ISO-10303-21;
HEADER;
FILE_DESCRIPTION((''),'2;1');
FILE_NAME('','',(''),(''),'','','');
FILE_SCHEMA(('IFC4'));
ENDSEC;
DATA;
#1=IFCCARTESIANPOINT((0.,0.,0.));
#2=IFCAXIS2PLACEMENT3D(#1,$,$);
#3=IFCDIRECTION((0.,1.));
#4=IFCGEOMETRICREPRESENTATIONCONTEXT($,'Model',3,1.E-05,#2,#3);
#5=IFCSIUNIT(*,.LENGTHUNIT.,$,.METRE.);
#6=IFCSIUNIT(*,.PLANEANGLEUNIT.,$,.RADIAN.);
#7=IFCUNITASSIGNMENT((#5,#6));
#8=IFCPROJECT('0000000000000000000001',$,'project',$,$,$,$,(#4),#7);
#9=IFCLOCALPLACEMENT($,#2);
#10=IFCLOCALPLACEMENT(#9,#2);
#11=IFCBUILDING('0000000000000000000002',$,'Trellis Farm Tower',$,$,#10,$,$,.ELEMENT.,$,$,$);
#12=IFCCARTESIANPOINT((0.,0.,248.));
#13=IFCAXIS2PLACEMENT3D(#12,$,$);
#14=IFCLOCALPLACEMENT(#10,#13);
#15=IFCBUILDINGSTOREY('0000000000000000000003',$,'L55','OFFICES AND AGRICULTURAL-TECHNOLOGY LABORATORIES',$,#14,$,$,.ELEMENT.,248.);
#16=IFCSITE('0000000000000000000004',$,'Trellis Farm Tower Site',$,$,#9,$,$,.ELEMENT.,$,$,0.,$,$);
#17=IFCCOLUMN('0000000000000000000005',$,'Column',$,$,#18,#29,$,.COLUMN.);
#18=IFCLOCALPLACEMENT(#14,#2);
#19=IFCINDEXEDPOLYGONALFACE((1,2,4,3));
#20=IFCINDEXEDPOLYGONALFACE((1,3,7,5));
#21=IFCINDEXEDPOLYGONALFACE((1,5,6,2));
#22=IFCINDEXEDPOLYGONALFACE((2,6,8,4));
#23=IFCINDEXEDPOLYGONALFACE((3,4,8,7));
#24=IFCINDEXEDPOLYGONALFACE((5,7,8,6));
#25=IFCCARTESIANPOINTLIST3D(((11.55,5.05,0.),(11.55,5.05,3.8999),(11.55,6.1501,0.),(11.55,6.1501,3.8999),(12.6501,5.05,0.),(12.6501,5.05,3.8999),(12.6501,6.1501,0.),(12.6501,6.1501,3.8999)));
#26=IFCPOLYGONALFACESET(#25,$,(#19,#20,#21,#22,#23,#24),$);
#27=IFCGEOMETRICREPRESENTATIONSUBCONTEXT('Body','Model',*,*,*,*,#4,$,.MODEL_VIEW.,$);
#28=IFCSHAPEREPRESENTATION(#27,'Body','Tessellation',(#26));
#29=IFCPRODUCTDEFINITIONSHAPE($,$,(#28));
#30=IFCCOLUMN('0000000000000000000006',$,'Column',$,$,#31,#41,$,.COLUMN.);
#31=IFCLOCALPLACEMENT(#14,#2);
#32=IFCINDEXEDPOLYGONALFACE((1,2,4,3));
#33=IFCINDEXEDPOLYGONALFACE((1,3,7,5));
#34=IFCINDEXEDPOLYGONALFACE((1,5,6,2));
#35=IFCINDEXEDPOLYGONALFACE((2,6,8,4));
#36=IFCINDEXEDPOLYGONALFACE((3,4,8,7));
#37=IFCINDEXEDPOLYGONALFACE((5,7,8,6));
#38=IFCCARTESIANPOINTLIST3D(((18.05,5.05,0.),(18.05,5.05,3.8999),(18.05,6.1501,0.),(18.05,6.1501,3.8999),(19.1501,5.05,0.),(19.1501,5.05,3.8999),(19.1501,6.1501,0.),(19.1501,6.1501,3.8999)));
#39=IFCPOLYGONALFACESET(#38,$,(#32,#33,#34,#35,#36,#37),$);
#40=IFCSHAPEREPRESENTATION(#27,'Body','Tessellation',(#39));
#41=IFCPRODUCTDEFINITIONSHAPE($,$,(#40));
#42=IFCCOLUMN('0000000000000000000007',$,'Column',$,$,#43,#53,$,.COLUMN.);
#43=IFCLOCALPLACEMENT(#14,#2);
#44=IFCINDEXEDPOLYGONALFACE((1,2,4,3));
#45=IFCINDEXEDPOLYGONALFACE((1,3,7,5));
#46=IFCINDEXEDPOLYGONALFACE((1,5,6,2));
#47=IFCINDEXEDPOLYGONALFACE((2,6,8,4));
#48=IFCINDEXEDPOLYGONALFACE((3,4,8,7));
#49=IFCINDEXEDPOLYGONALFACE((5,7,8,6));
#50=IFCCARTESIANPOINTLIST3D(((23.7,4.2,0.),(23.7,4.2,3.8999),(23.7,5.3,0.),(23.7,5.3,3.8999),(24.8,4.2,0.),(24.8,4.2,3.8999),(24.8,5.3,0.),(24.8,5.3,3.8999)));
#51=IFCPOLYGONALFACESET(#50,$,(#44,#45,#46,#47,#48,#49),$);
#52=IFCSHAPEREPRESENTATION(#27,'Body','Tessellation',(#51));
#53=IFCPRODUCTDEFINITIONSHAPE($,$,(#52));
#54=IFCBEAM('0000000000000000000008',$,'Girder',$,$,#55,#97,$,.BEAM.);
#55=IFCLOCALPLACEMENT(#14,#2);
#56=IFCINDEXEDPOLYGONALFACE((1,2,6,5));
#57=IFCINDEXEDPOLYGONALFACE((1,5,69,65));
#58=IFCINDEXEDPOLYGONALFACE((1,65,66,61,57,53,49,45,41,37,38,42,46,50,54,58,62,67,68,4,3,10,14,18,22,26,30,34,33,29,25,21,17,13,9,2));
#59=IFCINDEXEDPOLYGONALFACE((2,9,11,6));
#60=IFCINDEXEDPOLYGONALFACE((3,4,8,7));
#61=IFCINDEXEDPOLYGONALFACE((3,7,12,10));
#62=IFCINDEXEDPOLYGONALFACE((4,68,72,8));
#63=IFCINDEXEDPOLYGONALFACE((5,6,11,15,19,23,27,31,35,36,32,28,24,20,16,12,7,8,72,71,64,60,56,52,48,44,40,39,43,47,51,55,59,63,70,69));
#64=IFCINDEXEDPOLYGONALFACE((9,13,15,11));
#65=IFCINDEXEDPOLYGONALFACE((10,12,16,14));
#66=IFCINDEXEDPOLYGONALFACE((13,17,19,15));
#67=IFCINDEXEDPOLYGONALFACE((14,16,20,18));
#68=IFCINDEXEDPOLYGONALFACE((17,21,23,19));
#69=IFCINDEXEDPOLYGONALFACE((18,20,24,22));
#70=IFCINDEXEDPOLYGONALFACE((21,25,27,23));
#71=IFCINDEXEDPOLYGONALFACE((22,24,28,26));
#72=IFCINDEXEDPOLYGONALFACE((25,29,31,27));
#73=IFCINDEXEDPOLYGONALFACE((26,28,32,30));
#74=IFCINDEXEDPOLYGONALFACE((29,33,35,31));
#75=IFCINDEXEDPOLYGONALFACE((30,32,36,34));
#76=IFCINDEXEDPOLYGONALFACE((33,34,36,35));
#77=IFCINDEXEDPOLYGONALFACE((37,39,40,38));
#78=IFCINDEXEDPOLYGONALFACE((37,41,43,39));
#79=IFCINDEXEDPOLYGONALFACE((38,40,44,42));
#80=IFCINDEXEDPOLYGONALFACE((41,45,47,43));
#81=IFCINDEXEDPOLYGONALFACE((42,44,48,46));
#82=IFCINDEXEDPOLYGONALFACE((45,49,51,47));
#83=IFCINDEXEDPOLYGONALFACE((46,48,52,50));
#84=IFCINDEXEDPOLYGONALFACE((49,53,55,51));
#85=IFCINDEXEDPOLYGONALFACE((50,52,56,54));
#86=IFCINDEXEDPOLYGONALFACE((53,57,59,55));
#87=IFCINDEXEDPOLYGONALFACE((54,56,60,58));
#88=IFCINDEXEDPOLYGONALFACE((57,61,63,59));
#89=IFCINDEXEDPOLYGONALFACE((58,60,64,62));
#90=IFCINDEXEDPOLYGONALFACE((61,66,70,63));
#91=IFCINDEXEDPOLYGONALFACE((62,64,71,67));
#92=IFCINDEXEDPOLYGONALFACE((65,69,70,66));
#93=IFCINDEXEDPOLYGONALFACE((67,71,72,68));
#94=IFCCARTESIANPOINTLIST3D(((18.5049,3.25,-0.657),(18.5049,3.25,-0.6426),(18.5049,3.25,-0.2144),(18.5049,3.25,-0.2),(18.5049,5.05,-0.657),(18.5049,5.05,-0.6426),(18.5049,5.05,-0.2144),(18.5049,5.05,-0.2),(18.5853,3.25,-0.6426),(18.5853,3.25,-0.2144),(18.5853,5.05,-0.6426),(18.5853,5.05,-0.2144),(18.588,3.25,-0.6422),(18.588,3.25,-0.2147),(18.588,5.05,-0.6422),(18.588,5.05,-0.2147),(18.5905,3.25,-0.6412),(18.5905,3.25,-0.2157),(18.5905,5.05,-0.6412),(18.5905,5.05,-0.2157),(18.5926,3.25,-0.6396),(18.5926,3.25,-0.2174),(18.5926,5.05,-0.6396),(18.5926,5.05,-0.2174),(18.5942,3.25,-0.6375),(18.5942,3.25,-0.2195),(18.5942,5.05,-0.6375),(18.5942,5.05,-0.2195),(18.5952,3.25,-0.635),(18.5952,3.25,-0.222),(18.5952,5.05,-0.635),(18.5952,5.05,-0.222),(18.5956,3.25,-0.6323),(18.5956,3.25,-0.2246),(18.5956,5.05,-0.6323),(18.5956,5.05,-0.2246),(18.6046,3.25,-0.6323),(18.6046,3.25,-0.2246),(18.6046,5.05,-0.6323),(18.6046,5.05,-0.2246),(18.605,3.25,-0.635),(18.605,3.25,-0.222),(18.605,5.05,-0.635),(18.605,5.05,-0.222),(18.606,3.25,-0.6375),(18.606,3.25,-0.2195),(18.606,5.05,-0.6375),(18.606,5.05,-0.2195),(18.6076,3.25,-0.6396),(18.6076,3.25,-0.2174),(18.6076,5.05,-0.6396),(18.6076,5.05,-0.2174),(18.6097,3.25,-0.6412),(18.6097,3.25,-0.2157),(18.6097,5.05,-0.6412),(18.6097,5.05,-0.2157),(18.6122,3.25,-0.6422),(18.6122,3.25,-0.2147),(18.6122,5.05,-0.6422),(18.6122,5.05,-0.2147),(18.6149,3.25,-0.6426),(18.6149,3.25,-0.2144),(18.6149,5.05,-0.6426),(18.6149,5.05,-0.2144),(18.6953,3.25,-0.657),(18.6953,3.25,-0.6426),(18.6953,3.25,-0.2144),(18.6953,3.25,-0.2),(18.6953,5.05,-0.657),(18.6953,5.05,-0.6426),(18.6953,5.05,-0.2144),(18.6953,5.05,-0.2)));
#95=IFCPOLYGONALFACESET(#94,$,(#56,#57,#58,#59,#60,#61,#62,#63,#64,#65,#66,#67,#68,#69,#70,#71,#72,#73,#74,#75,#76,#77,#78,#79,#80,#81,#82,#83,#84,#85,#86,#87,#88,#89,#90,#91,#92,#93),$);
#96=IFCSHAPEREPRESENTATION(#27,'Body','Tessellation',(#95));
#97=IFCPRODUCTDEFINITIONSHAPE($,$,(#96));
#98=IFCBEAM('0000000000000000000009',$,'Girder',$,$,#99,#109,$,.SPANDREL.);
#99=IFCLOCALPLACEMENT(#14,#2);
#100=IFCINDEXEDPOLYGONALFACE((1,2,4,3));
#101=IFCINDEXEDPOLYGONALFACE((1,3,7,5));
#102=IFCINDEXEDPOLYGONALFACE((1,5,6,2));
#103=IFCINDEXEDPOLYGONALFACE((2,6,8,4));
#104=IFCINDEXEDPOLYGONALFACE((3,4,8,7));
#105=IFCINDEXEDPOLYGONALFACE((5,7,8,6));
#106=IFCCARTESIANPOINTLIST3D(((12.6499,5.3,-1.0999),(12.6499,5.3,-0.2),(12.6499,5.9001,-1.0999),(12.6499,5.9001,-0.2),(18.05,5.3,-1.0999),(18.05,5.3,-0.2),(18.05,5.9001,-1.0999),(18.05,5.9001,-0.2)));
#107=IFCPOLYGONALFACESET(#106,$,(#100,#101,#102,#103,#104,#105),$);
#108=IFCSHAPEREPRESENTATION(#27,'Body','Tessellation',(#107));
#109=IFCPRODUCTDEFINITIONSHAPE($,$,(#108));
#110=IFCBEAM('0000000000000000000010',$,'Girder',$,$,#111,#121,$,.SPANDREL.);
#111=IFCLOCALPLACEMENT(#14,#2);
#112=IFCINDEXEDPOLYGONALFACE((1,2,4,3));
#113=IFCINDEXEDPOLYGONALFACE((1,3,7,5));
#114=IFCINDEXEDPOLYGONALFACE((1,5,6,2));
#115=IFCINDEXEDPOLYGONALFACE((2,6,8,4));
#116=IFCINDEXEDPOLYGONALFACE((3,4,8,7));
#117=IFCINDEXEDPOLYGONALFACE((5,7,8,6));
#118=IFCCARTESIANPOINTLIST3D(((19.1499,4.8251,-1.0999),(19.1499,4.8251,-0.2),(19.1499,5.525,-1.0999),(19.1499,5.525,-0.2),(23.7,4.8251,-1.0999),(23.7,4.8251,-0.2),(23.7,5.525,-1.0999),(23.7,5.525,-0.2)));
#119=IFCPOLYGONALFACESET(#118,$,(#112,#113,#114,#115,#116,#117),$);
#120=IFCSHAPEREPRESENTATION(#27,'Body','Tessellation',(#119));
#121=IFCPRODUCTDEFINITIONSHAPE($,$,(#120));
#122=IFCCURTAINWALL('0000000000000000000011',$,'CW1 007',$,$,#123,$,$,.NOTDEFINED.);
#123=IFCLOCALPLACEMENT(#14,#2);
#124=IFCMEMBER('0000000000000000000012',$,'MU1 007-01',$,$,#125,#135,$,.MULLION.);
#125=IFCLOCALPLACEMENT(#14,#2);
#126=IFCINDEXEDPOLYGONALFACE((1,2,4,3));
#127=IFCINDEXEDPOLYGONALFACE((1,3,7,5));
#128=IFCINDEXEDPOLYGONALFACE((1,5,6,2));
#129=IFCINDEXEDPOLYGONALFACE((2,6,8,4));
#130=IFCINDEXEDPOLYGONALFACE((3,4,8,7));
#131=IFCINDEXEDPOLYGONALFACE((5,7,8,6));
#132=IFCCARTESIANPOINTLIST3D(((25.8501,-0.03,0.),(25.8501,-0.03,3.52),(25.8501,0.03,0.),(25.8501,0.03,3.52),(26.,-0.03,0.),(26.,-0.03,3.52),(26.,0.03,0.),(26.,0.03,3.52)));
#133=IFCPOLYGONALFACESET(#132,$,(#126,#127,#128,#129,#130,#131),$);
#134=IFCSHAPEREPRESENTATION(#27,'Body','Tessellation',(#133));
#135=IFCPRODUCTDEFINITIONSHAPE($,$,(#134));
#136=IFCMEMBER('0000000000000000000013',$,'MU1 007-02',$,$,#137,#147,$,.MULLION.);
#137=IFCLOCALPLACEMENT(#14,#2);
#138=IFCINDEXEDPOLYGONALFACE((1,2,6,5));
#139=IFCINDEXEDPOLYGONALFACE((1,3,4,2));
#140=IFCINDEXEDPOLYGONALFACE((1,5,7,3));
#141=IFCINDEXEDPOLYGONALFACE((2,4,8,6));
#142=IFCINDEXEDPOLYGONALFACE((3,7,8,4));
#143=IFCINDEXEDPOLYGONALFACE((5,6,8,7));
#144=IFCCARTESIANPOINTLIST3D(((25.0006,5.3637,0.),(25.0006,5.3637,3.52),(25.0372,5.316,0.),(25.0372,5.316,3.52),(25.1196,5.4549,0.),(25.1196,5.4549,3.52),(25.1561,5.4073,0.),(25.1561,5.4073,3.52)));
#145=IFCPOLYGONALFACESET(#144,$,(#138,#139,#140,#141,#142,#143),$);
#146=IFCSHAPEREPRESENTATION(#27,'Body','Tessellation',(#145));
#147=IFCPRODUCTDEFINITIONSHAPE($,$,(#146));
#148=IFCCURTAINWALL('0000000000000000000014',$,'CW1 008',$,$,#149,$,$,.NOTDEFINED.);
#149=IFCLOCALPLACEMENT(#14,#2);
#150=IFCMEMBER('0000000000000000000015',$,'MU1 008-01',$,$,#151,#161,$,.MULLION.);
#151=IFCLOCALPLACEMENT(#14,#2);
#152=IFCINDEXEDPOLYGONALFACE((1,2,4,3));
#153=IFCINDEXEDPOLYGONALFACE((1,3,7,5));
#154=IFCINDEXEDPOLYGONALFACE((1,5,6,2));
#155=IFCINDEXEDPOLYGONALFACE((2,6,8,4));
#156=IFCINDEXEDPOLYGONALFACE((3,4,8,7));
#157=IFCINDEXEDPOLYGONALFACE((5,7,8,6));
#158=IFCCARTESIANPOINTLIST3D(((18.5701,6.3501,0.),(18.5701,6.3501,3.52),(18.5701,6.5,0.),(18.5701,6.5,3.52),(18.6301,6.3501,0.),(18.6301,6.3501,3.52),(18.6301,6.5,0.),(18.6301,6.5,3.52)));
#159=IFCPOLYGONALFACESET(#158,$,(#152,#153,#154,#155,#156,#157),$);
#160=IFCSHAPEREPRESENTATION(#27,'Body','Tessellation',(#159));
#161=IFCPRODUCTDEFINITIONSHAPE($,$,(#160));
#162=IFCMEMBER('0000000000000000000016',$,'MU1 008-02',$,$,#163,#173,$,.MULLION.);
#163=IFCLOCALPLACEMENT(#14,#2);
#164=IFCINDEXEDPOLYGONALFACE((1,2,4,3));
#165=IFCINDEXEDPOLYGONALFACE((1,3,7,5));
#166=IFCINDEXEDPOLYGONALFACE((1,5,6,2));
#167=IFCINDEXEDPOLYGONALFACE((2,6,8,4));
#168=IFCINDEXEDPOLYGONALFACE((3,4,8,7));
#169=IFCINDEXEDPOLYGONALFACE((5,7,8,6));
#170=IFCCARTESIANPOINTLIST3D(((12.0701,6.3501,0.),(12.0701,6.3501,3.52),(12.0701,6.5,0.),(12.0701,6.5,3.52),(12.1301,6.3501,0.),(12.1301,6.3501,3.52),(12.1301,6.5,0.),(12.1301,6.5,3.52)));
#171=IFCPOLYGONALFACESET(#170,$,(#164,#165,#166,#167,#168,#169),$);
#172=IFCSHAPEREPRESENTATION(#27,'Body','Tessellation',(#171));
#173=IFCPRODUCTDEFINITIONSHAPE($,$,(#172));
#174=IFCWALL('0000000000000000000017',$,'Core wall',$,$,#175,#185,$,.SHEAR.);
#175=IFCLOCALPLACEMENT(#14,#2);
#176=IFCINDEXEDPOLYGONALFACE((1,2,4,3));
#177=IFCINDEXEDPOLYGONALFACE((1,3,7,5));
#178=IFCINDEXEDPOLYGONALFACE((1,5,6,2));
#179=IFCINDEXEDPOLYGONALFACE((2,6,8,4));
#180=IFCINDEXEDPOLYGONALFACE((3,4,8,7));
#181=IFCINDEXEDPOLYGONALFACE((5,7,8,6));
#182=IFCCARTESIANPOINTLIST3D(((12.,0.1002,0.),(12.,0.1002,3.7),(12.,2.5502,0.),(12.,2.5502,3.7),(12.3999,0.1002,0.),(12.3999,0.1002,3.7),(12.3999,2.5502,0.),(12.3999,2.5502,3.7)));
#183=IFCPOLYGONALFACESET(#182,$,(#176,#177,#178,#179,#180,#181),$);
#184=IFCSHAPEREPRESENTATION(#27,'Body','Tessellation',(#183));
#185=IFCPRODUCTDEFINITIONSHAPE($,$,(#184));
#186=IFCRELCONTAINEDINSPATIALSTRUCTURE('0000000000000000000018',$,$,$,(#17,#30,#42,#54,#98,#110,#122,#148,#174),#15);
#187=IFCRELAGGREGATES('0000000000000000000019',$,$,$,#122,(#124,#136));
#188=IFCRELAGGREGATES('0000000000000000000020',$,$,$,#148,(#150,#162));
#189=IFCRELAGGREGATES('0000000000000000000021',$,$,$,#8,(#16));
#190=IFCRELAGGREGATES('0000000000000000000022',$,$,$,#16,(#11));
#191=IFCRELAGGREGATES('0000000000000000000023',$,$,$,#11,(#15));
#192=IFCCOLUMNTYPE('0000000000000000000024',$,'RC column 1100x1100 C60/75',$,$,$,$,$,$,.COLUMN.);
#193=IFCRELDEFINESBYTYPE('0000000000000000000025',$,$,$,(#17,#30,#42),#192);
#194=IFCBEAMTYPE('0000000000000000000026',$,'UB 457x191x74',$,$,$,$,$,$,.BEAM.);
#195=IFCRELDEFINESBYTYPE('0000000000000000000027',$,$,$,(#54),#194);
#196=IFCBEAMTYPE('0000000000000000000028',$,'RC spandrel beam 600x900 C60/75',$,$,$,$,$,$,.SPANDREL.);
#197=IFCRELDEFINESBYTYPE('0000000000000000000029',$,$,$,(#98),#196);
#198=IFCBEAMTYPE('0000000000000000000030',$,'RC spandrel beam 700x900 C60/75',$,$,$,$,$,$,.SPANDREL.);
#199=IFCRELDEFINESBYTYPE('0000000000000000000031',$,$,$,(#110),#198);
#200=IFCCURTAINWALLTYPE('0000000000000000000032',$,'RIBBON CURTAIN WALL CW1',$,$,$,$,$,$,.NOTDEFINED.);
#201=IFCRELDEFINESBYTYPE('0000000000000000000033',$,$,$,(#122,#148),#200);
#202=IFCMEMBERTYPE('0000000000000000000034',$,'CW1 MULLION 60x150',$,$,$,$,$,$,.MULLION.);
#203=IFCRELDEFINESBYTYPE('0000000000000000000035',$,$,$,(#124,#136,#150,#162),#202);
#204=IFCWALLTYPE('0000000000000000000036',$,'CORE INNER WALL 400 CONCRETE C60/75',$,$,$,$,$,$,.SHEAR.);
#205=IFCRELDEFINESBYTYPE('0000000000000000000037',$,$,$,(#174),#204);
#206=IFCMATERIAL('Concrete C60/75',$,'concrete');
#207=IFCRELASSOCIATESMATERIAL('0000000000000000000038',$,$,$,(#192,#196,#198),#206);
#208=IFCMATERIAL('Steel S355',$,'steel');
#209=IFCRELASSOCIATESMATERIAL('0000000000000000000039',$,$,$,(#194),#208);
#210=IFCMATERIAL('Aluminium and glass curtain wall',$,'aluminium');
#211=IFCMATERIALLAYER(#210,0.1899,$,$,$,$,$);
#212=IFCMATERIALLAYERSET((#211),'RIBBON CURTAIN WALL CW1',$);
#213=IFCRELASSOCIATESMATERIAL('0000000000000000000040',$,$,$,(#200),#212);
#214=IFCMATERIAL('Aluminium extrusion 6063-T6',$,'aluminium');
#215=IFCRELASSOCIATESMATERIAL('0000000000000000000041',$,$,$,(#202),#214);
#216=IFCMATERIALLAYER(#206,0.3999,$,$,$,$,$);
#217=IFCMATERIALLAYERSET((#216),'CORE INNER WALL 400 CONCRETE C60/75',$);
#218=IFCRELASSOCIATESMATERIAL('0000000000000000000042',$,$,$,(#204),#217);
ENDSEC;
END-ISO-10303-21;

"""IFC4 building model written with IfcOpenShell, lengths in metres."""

from ifc_helpers import new_model, si_unit, direction, frame, frame_2d, origin, origin_2d, place, context, subcontext, project, spatial, rectangle, i_section, extrude, source, transform, mapped, material, layer, layer_set, material_profile, profile_set, type_object, element, aggregate, save


model = new_model("IFC4")

# Units and contexts
model_context = context("Model", 3, precision=1e-05, world=origin(), true_north=direction((0.0, 1.0)))
body_context = subcontext(model_context, "Body", "Model", "MODEL_VIEW")
ifc_project = project(units=[si_unit("LENGTHUNIT", "METRE"), si_unit("PLANEANGLEUNIT", "RADIAN")], contexts=[model_context])

# Site, building, storey
site_placement = place(None, origin())
site = spatial("IfcSite", under=ifc_project, at=site_placement, Name="Trellis Farm Tower Site", CompositionType="ELEMENT", RefElevation=0.0)
building_placement = place(site_placement, origin())
building = spatial("IfcBuilding", under=site, at=building_placement, Name="Trellis Farm Tower", CompositionType="ELEMENT")
storey_placement = place(building_placement, frame((0.0, 0.0, 248.0)))
storey = spatial("IfcBuildingStorey", under=building, at=storey_placement, Name="L55", Description="OFFICES AND AGRICULTURAL-TECHNOLOGY LABORATORIES", CompositionType="ELEMENT", Elevation=248.0)

# Columns
ifc_material_1 = material(Name="Concrete C60/75", Category="concrete")
ifc_material_profile_1 = material_profile(ifc_material_1, rectangle(XDim=1.1001, YDim=1.1001, at=origin_2d()), Name="RC column 1100x1100 C60/75")
ifc_profile_set_1 = profile_set([ifc_material_profile_1], Name="Concrete C60/75")
column_type = type_object("IfcColumnType", Name="RC column 1100x1100 C60/75", PredefinedType="COLUMN", material=ifc_profile_set_1)
shared_shape_1 = source(origin(), body_context, "Body", "SweptSolid", [
    extrude(rectangle(XDim=1.1001, YDim=1.1001, at=origin_2d()), origin(), (0.0, 0.0, 1.0), 3.8999),
])
for number, where, z_axis, x_axis, name in (
    (1, (12.1001, 5.6001, 0.0), (0.0, 0.0, 1.0), (1.0, 0.0, 0.0), "Column"),
    (2, (18.6001, 5.6001, 0.0), (0.0, 0.0, 1.0), (1.0, 0.0, 0.0), "Column"),
    (3, (24.25, 4.75, 0.0), (0.0, 0.0, 1.0), (1.0, 0.0, 0.0), "Column"),
):
    element("IfcColumn", number, at=place(storey_placement, frame(where, z_axis=z_axis, x_axis=x_axis)), inside=storey, type_object=column_type, Name=name, PredefinedType="COLUMN", context=body_context, shape_type="MappedRepresentation", body=[
        mapped(shared_shape_1, transform((0.0, 0.0, 0.0))),
    ])

# Beams
ifc_material_2 = material(Name="Steel S355", Category="steel")
ifc_material_profile_2 = material_profile(ifc_material_2, i_section(OverallWidth=0.1904, OverallDepth=0.457, WebThickness=0.009, FlangeThickness=0.0144, FilletRadius=0.0103, at=origin_2d()), Name="UB 457x191x74")
ifc_profile_set_2 = profile_set([ifc_material_profile_2], Name="Steel S355")
beam_type_1 = type_object("IfcBeamType", Name="UB 457x191x74", PredefinedType="BEAM", material=ifc_profile_set_2)
shared_shape_2 = source(origin(), body_context, "Body", "SweptSolid", [
    extrude(i_section(OverallWidth=0.1904, OverallDepth=0.457, WebThickness=0.009, FlangeThickness=0.0144, FilletRadius=0.0103, at=origin_2d()), origin(), (0.0, 0.0, 1.0), 1.8),
])
beam_1_placement = place(storey_placement, frame((18.6001, 3.25, -0.4285), z_axis=(0.0, 1.0, 0.0), x_axis=(-1.0, 0.0, 0.0)))
element("IfcBeam", 4, at=beam_1_placement, inside=storey, type_object=beam_type_1, Name="Girder", PredefinedType="BEAM", context=body_context, shape_type="MappedRepresentation", body=[
    mapped(shared_shape_2, transform((0.0, 0.0, 0.0))),
])
ifc_material_profile_3 = material_profile(ifc_material_1, rectangle(XDim=0.6001, YDim=0.8999, at=origin_2d()), Name="RC spandrel beam 600x900 C60/75")
ifc_profile_set_3 = profile_set([ifc_material_profile_3], Name="Concrete C60/75")
beam_type_2 = type_object("IfcBeamType", Name="RC spandrel beam 600x900 C60/75", PredefinedType="SPANDREL", material=ifc_profile_set_3)
shared_shape_3 = source(origin(), body_context, "Body", "SweptSolid", [
    extrude(rectangle(XDim=0.6001, YDim=0.8999, at=origin_2d()), origin(), (0.0, 0.0, 1.0), 5.4001),
])
beam_2_placement = place(storey_placement, frame((12.6499, 5.6001, -0.6499), z_axis=(1.0, 0.0, 0.0), x_axis=(0.0, 1.0, 0.0)))
element("IfcBeam", 5, at=beam_2_placement, inside=storey, type_object=beam_type_2, Name="Girder", PredefinedType="SPANDREL", context=body_context, shape_type="MappedRepresentation", body=[
    mapped(shared_shape_3, transform((0.0, 0.0, 0.0))),
])
ifc_material_profile_4 = material_profile(ifc_material_1, rectangle(XDim=0.7, YDim=0.8999, at=origin_2d()), Name="RC spandrel beam 700x900 C60/75")
ifc_profile_set_4 = profile_set([ifc_material_profile_4], Name="Concrete C60/75")
beam_type_3 = type_object("IfcBeamType", Name="RC spandrel beam 700x900 C60/75", PredefinedType="SPANDREL", material=ifc_profile_set_4)
shared_shape_4 = source(origin(), body_context, "Body", "SweptSolid", [
    extrude(rectangle(XDim=0.7, YDim=0.8999, at=origin_2d()), origin(), (0.0, 0.0, 1.0), 4.55),
])
beam_3_placement = place(storey_placement, frame((19.1499, 5.175, -0.6499), z_axis=(1.0, 0.0, 0.0), x_axis=(0.0, 1.0, 0.0)))
element("IfcBeam", 6, at=beam_3_placement, inside=storey, type_object=beam_type_3, Name="Girder", PredefinedType="SPANDREL", context=body_context, shape_type="MappedRepresentation", body=[
    mapped(shared_shape_4, transform((0.0, 0.0, 0.0))),
])

# Curtain walls, members
ifc_material_3 = material(Name="Aluminium and glass curtain wall", Category="aluminium")
ifc_layer_1 = layer(ifc_material_3, 0.1899)
ifc_layer_set_1 = layer_set([ifc_layer_1], Name="RIBBON CURTAIN WALL CW1")
curtain_wall_type = type_object("IfcCurtainWallType", Name="RIBBON CURTAIN WALL CW1", PredefinedType="NOTDEFINED", material=ifc_layer_set_1)
placement = place(storey_placement, origin())
curtain_wall_1 = element("IfcCurtainWall", 7, at=placement, inside=storey, type_object=curtain_wall_type, Name="CW1 007", PredefinedType="NOTDEFINED")
ifc_material_4 = material(Name="Aluminium extrusion 6063-T6", Category="aluminium")
ifc_material_profile_5 = material_profile(ifc_material_4, rectangle(XDim=0.0601, YDim=0.1499, at=origin_2d()), Name="MULLION 60x150")
ifc_profile_set_5 = profile_set([ifc_material_profile_5], Name="Aluminium extrusion 6063-T6")
member_type = type_object("IfcMemberType", Name="CW1 MULLION 60x150", PredefinedType="MULLION", material=ifc_profile_set_5)
shared_shape_5 = source(origin(), body_context, "Body", "SweptSolid", [
    extrude(rectangle(XDim=0.0601, YDim=0.1499, at=origin_2d()), origin(), (0.0, 0.0, 1.0), 3.52),
])
member_1_placement = place(storey_placement, frame((25.925, 0.0, 0.0), z_axis=(0.0, 0.0, 1.0), x_axis=(0.0, 1.0, 0.0)))
member_1 = element("IfcMember", 8, at=member_1_placement, type_object=member_type, Name="MU1 007-01", PredefinedType="MULLION", context=body_context, shape_type="MappedRepresentation", body=[
    mapped(shared_shape_5, transform((0.0, 0.0, 0.0))),
])
member_2_placement = place(storey_placement, frame((25.0784, 5.3855, 0.0), z_axis=(0.0, 0.0, 1.0), x_axis=(-0.608761, 0.793353, 0.0)))
member_2 = element("IfcMember", 9, at=member_2_placement, type_object=member_type, Name="MU1 007-02", PredefinedType="MULLION", context=body_context, shape_type="MappedRepresentation", body=[
    mapped(shared_shape_5, transform((0.0, 0.0, 0.0))),
])
aggregate(curtain_wall_1, [member_1, member_2])
curtain_wall_2 = element("IfcCurtainWall", 10, at=placement, inside=storey, type_object=curtain_wall_type, Name="CW1 008", PredefinedType="NOTDEFINED")
member_3_placement = place(storey_placement, frame((18.6001, 6.425, 0.0), z_axis=(0.0, 0.0, 1.0), x_axis=(-1.0, 0.0, 0.0)))
member_3 = element("IfcMember", 11, at=member_3_placement, type_object=member_type, Name="MU1 008-01", PredefinedType="MULLION", context=body_context, shape_type="MappedRepresentation", body=[
    mapped(shared_shape_5, transform((0.0, 0.0, 0.0))),
])
member_4_placement = place(storey_placement, frame((12.1001, 6.425, 0.0), z_axis=(0.0, 0.0, 1.0), x_axis=(-1.0, 0.0, 0.0)))
member_4 = element("IfcMember", 12, at=member_4_placement, type_object=member_type, Name="MU1 008-02", PredefinedType="MULLION", context=body_context, shape_type="MappedRepresentation", body=[
    mapped(shared_shape_5, transform((0.0, 0.0, 0.0))),
])
aggregate(curtain_wall_2, [member_3, member_4])

# Wall
ifc_layer_2 = layer(ifc_material_1, 0.3999)
ifc_layer_set_2 = layer_set([ifc_layer_2], Name="CORE INNER WALL 400 CONCRETE C60/75")
wall_type_1 = type_object("IfcWallType", Name="CORE INNER WALL 400 CONCRETE C60/75", PredefinedType="SHEAR", material=ifc_layer_set_2)
shared_shape_6 = source(origin(), body_context, "Body", "SweptSolid", [
    extrude(rectangle(XDim=2.45, YDim=0.3999, at=frame_2d((1.2251, 0.0))), origin(), (0.0, 0.0, 1.0), 3.7),
])
for number, where, z_axis, x_axis, name in (
    (13, (12.2, 0.1001, 0.0), (0.0, 0.0, 1.0), (0.0, 1.0, 0.0), "Core wall"),
):
    element("IfcWall", number, at=place(storey_placement, frame(where, z_axis=z_axis, x_axis=x_axis)), inside=storey, type_object=wall_type_1, Name=name, PredefinedType="SHEAR", context=body_context, shape_type="MappedRepresentation", body=[
        mapped(shared_shape_6, transform((0.0, 0.0, 0.0))),
    ])

save(model, "model.ifc")
